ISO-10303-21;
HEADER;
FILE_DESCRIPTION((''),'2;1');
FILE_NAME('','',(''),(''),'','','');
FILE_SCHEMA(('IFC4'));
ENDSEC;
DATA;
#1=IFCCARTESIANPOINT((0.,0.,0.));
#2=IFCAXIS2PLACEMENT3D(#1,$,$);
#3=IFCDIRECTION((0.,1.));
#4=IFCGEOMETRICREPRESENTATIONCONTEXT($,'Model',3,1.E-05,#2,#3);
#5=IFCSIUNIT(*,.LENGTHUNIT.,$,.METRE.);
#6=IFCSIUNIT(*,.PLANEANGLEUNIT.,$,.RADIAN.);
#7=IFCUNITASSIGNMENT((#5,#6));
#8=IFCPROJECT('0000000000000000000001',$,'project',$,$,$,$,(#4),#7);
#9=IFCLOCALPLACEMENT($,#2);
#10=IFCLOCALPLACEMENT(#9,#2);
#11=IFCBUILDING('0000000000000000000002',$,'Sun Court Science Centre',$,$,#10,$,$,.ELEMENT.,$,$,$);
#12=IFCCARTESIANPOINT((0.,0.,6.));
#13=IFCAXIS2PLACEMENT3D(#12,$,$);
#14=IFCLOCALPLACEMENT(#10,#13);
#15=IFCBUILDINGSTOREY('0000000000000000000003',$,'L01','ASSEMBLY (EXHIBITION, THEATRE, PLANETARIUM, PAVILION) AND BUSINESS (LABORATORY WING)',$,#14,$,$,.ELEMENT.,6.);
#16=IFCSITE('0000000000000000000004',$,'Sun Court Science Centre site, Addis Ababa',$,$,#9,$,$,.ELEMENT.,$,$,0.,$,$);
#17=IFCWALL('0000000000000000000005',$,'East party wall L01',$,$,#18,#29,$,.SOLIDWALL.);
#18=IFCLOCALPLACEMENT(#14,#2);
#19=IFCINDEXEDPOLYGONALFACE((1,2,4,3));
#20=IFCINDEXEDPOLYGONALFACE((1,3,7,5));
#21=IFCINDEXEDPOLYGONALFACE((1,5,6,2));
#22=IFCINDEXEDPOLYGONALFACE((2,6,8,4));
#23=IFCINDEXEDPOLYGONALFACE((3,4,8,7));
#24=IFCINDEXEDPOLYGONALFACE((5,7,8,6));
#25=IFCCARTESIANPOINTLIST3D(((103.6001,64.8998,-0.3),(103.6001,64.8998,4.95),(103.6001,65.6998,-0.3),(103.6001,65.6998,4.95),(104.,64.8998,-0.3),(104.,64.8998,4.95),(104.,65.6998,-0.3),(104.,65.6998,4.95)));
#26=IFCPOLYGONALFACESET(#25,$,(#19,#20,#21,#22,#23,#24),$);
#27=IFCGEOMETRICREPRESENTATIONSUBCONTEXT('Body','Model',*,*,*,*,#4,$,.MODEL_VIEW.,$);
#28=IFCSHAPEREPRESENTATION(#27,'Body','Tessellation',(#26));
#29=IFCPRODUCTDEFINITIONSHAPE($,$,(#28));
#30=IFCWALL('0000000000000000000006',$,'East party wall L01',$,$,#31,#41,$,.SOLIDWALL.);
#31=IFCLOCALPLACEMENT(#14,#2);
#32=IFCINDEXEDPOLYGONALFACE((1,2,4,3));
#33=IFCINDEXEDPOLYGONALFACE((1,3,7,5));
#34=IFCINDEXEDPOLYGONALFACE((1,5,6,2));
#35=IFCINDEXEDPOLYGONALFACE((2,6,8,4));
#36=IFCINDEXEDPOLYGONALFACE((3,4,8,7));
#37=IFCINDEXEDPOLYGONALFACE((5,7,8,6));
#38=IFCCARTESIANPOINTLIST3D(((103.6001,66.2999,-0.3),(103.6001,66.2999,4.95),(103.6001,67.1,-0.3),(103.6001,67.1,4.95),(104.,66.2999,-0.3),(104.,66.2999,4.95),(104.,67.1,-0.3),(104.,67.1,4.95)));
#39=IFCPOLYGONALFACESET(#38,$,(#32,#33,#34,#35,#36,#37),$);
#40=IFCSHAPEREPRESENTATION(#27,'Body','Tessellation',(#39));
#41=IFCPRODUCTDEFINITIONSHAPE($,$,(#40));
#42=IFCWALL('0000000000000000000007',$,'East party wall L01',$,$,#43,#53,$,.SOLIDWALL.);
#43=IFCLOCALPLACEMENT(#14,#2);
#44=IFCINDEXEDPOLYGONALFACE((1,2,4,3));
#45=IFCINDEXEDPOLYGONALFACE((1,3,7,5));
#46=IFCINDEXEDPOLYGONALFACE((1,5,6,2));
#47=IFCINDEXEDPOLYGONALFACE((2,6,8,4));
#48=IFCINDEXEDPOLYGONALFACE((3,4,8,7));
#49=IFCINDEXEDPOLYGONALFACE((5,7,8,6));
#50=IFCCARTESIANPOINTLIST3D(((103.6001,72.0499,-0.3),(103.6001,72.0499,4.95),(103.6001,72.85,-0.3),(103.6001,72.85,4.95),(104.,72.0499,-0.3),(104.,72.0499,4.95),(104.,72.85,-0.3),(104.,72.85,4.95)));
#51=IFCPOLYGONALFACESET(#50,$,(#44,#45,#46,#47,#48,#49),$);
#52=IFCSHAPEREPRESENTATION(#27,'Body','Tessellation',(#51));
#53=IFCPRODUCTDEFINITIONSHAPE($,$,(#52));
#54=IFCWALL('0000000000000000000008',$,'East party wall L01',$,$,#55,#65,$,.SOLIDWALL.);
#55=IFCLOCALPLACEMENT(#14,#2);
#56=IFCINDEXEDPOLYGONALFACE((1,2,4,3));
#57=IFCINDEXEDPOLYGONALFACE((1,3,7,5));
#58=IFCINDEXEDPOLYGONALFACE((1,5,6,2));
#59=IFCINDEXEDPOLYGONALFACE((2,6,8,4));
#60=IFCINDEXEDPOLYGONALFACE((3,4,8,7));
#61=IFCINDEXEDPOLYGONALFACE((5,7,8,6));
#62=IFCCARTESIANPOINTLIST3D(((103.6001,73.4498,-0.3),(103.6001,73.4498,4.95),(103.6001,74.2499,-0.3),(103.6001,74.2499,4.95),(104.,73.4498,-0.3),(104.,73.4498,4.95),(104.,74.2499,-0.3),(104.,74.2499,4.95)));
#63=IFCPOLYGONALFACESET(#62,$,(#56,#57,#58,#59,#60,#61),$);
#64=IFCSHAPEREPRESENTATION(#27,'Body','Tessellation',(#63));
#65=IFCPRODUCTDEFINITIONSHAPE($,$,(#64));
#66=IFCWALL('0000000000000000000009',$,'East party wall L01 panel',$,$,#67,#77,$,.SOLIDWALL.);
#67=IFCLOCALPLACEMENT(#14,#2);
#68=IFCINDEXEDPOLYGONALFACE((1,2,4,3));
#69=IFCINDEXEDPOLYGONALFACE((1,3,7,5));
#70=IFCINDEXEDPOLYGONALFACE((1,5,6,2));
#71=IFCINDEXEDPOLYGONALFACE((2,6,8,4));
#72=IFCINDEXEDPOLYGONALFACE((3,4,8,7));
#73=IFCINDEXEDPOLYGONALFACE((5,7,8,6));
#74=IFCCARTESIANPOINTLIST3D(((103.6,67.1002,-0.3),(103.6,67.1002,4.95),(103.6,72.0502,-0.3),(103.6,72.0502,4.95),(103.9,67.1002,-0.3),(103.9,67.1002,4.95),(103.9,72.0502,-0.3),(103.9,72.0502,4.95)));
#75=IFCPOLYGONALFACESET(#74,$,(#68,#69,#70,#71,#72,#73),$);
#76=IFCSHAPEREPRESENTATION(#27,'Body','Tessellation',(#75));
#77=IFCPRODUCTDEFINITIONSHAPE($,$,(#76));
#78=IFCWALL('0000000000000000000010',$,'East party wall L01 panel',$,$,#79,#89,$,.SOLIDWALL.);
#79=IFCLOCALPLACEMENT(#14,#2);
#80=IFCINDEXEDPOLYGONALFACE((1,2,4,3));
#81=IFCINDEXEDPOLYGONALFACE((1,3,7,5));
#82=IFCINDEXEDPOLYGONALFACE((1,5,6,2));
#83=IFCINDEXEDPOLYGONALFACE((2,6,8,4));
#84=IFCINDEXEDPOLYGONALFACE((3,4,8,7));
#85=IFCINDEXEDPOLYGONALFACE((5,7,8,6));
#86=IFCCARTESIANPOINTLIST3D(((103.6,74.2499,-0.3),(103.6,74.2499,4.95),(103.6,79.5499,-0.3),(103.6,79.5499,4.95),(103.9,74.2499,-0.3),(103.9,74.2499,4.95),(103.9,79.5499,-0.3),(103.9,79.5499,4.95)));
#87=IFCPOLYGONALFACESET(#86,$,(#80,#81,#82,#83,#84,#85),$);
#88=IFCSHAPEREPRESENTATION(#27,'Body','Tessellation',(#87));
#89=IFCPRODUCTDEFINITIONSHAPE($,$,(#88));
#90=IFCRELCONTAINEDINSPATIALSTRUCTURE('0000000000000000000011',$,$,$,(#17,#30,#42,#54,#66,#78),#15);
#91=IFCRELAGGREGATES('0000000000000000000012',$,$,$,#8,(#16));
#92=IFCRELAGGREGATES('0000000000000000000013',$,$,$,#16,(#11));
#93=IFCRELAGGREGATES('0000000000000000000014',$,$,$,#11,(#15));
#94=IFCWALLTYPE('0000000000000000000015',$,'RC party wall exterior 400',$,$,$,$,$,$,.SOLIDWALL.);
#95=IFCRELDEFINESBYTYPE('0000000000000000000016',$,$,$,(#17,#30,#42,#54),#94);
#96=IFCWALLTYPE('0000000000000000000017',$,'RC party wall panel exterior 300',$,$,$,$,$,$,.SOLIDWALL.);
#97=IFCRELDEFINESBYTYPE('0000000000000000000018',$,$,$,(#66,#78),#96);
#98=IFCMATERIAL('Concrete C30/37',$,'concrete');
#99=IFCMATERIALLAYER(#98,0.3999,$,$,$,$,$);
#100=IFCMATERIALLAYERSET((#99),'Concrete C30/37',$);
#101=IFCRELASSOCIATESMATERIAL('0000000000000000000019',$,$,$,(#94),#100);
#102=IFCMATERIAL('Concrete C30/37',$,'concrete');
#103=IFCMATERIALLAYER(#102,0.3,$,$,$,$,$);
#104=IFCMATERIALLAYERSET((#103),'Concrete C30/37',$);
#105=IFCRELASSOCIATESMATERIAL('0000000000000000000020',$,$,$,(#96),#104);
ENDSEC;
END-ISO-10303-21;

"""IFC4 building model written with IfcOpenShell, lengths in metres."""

from ifc_helpers import new_model, si_unit, direction, frame, frame_2d, origin, place, context, subcontext, project, spatial, rectangle, extrude, material, layer, layer_set, type_object, element, save


model = new_model("IFC4")

# Units and contexts
model_context = context("Model", 3, precision=1e-05, world=origin(), true_north=direction((0.0, 1.0)))
body_context = subcontext(model_context, "Body", "Model", "MODEL_VIEW")
ifc_project = project(units=[si_unit("LENGTHUNIT", "METRE"), si_unit("PLANEANGLEUNIT", "RADIAN")], contexts=[model_context])

# Site, building, storey
site_placement = place(None, origin())
site = spatial("IfcSite", under=ifc_project, at=site_placement, Name="Sun Court Science Centre site, Addis Ababa", CompositionType="ELEMENT", RefElevation=0.0)
building_placement = place(site_placement, origin())
building = spatial("IfcBuilding", under=site, at=building_placement, Name="Sun Court Science Centre", CompositionType="ELEMENT")
storey_placement = place(building_placement, frame((0.0, 0.0, 6.0)))
storey = spatial("IfcBuildingStorey", under=building, at=storey_placement, Name="L01", Description="ASSEMBLY (EXHIBITION, THEATRE, PLANETARIUM, PAVILION) AND BUSINESS (LABORATORY WING)", CompositionType="ELEMENT", Elevation=6.0)

# Walls
ifc_material_1 = material(Name="Concrete C30/37", Category="concrete")
ifc_layer_1 = layer(ifc_material_1, 0.3999)
ifc_layer_set_1 = layer_set([ifc_layer_1], Name="Concrete C30/37")
wall_type_1 = type_object("IfcWallType", Name="RC party wall exterior 400", PredefinedType="SOLIDWALL", material=ifc_layer_set_1)
for number, where, z_axis, x_axis, name in (
    (1, (103.8, 64.8999, -0.3), (0.0, 0.0, 1.0), (0.0, 1.0, 0.0), "East party wall L01"),
    (2, (103.8, 66.3, -0.3), (0.0, 0.0, 1.0), (0.0, 1.0, 0.0), "East party wall L01"),
    (3, (103.8, 72.05, -0.3), (0.0, 0.0, 1.0), (0.0, 1.0, 0.0), "East party wall L01"),
    (4, (103.8, 73.45, -0.3), (0.0, 0.0, 1.0), (0.0, 1.0, 0.0), "East party wall L01"),
):
    element("IfcWall", number, at=place(storey_placement, frame(where, z_axis=z_axis, x_axis=x_axis)), inside=storey, type_object=wall_type_1, Name=name, PredefinedType="SOLIDWALL", context=body_context, shape_type="SweptSolid", body=[
        extrude(rectangle(XDim=0.8, YDim=0.3999, at=frame_2d((0.3999, 0.0))), origin(), (0.0, 0.0, 1.0), 5.25),
    ])
ifc_material_2 = material(Name="Concrete C30/37", Category="concrete")
ifc_layer_2 = layer(ifc_material_2, 0.3)
ifc_layer_set_2 = layer_set([ifc_layer_2], Name="Concrete C30/37")
wall_type_2 = type_object("IfcWallType", Name="RC party wall panel exterior 300", PredefinedType="SOLIDWALL", material=ifc_layer_set_2)
wall_1_placement = place(storey_placement, frame((103.75, 67.1001, -0.3), z_axis=(0.0, 0.0, 1.0), x_axis=(0.0, 1.0, 0.0)))
element("IfcWall", 5, at=wall_1_placement, inside=storey, type_object=wall_type_2, Name="East party wall L01 panel", PredefinedType="SOLIDWALL", context=body_context, shape_type="SweptSolid", body=[
    extrude(rectangle(XDim=4.95, YDim=0.3, at=frame_2d((2.4751, 0.0))), origin(), (0.0, 0.0, 1.0), 5.25),
])
wall_2_placement = place(storey_placement, frame((103.75, 74.25, -0.3), z_axis=(0.0, 0.0, 1.0), x_axis=(0.0, 1.0, 0.0)))
element("IfcWall", 6, at=wall_2_placement, inside=storey, type_object=wall_type_2, Name="East party wall L01 panel", PredefinedType="SOLIDWALL", context=body_context, shape_type="SweptSolid", body=[
    extrude(rectangle(XDim=5.3, YDim=0.3, at=frame_2d((2.6499, 0.0))), origin(), (0.0, 0.0, 1.0), 5.25),
])

save(model, "model.ifc")
